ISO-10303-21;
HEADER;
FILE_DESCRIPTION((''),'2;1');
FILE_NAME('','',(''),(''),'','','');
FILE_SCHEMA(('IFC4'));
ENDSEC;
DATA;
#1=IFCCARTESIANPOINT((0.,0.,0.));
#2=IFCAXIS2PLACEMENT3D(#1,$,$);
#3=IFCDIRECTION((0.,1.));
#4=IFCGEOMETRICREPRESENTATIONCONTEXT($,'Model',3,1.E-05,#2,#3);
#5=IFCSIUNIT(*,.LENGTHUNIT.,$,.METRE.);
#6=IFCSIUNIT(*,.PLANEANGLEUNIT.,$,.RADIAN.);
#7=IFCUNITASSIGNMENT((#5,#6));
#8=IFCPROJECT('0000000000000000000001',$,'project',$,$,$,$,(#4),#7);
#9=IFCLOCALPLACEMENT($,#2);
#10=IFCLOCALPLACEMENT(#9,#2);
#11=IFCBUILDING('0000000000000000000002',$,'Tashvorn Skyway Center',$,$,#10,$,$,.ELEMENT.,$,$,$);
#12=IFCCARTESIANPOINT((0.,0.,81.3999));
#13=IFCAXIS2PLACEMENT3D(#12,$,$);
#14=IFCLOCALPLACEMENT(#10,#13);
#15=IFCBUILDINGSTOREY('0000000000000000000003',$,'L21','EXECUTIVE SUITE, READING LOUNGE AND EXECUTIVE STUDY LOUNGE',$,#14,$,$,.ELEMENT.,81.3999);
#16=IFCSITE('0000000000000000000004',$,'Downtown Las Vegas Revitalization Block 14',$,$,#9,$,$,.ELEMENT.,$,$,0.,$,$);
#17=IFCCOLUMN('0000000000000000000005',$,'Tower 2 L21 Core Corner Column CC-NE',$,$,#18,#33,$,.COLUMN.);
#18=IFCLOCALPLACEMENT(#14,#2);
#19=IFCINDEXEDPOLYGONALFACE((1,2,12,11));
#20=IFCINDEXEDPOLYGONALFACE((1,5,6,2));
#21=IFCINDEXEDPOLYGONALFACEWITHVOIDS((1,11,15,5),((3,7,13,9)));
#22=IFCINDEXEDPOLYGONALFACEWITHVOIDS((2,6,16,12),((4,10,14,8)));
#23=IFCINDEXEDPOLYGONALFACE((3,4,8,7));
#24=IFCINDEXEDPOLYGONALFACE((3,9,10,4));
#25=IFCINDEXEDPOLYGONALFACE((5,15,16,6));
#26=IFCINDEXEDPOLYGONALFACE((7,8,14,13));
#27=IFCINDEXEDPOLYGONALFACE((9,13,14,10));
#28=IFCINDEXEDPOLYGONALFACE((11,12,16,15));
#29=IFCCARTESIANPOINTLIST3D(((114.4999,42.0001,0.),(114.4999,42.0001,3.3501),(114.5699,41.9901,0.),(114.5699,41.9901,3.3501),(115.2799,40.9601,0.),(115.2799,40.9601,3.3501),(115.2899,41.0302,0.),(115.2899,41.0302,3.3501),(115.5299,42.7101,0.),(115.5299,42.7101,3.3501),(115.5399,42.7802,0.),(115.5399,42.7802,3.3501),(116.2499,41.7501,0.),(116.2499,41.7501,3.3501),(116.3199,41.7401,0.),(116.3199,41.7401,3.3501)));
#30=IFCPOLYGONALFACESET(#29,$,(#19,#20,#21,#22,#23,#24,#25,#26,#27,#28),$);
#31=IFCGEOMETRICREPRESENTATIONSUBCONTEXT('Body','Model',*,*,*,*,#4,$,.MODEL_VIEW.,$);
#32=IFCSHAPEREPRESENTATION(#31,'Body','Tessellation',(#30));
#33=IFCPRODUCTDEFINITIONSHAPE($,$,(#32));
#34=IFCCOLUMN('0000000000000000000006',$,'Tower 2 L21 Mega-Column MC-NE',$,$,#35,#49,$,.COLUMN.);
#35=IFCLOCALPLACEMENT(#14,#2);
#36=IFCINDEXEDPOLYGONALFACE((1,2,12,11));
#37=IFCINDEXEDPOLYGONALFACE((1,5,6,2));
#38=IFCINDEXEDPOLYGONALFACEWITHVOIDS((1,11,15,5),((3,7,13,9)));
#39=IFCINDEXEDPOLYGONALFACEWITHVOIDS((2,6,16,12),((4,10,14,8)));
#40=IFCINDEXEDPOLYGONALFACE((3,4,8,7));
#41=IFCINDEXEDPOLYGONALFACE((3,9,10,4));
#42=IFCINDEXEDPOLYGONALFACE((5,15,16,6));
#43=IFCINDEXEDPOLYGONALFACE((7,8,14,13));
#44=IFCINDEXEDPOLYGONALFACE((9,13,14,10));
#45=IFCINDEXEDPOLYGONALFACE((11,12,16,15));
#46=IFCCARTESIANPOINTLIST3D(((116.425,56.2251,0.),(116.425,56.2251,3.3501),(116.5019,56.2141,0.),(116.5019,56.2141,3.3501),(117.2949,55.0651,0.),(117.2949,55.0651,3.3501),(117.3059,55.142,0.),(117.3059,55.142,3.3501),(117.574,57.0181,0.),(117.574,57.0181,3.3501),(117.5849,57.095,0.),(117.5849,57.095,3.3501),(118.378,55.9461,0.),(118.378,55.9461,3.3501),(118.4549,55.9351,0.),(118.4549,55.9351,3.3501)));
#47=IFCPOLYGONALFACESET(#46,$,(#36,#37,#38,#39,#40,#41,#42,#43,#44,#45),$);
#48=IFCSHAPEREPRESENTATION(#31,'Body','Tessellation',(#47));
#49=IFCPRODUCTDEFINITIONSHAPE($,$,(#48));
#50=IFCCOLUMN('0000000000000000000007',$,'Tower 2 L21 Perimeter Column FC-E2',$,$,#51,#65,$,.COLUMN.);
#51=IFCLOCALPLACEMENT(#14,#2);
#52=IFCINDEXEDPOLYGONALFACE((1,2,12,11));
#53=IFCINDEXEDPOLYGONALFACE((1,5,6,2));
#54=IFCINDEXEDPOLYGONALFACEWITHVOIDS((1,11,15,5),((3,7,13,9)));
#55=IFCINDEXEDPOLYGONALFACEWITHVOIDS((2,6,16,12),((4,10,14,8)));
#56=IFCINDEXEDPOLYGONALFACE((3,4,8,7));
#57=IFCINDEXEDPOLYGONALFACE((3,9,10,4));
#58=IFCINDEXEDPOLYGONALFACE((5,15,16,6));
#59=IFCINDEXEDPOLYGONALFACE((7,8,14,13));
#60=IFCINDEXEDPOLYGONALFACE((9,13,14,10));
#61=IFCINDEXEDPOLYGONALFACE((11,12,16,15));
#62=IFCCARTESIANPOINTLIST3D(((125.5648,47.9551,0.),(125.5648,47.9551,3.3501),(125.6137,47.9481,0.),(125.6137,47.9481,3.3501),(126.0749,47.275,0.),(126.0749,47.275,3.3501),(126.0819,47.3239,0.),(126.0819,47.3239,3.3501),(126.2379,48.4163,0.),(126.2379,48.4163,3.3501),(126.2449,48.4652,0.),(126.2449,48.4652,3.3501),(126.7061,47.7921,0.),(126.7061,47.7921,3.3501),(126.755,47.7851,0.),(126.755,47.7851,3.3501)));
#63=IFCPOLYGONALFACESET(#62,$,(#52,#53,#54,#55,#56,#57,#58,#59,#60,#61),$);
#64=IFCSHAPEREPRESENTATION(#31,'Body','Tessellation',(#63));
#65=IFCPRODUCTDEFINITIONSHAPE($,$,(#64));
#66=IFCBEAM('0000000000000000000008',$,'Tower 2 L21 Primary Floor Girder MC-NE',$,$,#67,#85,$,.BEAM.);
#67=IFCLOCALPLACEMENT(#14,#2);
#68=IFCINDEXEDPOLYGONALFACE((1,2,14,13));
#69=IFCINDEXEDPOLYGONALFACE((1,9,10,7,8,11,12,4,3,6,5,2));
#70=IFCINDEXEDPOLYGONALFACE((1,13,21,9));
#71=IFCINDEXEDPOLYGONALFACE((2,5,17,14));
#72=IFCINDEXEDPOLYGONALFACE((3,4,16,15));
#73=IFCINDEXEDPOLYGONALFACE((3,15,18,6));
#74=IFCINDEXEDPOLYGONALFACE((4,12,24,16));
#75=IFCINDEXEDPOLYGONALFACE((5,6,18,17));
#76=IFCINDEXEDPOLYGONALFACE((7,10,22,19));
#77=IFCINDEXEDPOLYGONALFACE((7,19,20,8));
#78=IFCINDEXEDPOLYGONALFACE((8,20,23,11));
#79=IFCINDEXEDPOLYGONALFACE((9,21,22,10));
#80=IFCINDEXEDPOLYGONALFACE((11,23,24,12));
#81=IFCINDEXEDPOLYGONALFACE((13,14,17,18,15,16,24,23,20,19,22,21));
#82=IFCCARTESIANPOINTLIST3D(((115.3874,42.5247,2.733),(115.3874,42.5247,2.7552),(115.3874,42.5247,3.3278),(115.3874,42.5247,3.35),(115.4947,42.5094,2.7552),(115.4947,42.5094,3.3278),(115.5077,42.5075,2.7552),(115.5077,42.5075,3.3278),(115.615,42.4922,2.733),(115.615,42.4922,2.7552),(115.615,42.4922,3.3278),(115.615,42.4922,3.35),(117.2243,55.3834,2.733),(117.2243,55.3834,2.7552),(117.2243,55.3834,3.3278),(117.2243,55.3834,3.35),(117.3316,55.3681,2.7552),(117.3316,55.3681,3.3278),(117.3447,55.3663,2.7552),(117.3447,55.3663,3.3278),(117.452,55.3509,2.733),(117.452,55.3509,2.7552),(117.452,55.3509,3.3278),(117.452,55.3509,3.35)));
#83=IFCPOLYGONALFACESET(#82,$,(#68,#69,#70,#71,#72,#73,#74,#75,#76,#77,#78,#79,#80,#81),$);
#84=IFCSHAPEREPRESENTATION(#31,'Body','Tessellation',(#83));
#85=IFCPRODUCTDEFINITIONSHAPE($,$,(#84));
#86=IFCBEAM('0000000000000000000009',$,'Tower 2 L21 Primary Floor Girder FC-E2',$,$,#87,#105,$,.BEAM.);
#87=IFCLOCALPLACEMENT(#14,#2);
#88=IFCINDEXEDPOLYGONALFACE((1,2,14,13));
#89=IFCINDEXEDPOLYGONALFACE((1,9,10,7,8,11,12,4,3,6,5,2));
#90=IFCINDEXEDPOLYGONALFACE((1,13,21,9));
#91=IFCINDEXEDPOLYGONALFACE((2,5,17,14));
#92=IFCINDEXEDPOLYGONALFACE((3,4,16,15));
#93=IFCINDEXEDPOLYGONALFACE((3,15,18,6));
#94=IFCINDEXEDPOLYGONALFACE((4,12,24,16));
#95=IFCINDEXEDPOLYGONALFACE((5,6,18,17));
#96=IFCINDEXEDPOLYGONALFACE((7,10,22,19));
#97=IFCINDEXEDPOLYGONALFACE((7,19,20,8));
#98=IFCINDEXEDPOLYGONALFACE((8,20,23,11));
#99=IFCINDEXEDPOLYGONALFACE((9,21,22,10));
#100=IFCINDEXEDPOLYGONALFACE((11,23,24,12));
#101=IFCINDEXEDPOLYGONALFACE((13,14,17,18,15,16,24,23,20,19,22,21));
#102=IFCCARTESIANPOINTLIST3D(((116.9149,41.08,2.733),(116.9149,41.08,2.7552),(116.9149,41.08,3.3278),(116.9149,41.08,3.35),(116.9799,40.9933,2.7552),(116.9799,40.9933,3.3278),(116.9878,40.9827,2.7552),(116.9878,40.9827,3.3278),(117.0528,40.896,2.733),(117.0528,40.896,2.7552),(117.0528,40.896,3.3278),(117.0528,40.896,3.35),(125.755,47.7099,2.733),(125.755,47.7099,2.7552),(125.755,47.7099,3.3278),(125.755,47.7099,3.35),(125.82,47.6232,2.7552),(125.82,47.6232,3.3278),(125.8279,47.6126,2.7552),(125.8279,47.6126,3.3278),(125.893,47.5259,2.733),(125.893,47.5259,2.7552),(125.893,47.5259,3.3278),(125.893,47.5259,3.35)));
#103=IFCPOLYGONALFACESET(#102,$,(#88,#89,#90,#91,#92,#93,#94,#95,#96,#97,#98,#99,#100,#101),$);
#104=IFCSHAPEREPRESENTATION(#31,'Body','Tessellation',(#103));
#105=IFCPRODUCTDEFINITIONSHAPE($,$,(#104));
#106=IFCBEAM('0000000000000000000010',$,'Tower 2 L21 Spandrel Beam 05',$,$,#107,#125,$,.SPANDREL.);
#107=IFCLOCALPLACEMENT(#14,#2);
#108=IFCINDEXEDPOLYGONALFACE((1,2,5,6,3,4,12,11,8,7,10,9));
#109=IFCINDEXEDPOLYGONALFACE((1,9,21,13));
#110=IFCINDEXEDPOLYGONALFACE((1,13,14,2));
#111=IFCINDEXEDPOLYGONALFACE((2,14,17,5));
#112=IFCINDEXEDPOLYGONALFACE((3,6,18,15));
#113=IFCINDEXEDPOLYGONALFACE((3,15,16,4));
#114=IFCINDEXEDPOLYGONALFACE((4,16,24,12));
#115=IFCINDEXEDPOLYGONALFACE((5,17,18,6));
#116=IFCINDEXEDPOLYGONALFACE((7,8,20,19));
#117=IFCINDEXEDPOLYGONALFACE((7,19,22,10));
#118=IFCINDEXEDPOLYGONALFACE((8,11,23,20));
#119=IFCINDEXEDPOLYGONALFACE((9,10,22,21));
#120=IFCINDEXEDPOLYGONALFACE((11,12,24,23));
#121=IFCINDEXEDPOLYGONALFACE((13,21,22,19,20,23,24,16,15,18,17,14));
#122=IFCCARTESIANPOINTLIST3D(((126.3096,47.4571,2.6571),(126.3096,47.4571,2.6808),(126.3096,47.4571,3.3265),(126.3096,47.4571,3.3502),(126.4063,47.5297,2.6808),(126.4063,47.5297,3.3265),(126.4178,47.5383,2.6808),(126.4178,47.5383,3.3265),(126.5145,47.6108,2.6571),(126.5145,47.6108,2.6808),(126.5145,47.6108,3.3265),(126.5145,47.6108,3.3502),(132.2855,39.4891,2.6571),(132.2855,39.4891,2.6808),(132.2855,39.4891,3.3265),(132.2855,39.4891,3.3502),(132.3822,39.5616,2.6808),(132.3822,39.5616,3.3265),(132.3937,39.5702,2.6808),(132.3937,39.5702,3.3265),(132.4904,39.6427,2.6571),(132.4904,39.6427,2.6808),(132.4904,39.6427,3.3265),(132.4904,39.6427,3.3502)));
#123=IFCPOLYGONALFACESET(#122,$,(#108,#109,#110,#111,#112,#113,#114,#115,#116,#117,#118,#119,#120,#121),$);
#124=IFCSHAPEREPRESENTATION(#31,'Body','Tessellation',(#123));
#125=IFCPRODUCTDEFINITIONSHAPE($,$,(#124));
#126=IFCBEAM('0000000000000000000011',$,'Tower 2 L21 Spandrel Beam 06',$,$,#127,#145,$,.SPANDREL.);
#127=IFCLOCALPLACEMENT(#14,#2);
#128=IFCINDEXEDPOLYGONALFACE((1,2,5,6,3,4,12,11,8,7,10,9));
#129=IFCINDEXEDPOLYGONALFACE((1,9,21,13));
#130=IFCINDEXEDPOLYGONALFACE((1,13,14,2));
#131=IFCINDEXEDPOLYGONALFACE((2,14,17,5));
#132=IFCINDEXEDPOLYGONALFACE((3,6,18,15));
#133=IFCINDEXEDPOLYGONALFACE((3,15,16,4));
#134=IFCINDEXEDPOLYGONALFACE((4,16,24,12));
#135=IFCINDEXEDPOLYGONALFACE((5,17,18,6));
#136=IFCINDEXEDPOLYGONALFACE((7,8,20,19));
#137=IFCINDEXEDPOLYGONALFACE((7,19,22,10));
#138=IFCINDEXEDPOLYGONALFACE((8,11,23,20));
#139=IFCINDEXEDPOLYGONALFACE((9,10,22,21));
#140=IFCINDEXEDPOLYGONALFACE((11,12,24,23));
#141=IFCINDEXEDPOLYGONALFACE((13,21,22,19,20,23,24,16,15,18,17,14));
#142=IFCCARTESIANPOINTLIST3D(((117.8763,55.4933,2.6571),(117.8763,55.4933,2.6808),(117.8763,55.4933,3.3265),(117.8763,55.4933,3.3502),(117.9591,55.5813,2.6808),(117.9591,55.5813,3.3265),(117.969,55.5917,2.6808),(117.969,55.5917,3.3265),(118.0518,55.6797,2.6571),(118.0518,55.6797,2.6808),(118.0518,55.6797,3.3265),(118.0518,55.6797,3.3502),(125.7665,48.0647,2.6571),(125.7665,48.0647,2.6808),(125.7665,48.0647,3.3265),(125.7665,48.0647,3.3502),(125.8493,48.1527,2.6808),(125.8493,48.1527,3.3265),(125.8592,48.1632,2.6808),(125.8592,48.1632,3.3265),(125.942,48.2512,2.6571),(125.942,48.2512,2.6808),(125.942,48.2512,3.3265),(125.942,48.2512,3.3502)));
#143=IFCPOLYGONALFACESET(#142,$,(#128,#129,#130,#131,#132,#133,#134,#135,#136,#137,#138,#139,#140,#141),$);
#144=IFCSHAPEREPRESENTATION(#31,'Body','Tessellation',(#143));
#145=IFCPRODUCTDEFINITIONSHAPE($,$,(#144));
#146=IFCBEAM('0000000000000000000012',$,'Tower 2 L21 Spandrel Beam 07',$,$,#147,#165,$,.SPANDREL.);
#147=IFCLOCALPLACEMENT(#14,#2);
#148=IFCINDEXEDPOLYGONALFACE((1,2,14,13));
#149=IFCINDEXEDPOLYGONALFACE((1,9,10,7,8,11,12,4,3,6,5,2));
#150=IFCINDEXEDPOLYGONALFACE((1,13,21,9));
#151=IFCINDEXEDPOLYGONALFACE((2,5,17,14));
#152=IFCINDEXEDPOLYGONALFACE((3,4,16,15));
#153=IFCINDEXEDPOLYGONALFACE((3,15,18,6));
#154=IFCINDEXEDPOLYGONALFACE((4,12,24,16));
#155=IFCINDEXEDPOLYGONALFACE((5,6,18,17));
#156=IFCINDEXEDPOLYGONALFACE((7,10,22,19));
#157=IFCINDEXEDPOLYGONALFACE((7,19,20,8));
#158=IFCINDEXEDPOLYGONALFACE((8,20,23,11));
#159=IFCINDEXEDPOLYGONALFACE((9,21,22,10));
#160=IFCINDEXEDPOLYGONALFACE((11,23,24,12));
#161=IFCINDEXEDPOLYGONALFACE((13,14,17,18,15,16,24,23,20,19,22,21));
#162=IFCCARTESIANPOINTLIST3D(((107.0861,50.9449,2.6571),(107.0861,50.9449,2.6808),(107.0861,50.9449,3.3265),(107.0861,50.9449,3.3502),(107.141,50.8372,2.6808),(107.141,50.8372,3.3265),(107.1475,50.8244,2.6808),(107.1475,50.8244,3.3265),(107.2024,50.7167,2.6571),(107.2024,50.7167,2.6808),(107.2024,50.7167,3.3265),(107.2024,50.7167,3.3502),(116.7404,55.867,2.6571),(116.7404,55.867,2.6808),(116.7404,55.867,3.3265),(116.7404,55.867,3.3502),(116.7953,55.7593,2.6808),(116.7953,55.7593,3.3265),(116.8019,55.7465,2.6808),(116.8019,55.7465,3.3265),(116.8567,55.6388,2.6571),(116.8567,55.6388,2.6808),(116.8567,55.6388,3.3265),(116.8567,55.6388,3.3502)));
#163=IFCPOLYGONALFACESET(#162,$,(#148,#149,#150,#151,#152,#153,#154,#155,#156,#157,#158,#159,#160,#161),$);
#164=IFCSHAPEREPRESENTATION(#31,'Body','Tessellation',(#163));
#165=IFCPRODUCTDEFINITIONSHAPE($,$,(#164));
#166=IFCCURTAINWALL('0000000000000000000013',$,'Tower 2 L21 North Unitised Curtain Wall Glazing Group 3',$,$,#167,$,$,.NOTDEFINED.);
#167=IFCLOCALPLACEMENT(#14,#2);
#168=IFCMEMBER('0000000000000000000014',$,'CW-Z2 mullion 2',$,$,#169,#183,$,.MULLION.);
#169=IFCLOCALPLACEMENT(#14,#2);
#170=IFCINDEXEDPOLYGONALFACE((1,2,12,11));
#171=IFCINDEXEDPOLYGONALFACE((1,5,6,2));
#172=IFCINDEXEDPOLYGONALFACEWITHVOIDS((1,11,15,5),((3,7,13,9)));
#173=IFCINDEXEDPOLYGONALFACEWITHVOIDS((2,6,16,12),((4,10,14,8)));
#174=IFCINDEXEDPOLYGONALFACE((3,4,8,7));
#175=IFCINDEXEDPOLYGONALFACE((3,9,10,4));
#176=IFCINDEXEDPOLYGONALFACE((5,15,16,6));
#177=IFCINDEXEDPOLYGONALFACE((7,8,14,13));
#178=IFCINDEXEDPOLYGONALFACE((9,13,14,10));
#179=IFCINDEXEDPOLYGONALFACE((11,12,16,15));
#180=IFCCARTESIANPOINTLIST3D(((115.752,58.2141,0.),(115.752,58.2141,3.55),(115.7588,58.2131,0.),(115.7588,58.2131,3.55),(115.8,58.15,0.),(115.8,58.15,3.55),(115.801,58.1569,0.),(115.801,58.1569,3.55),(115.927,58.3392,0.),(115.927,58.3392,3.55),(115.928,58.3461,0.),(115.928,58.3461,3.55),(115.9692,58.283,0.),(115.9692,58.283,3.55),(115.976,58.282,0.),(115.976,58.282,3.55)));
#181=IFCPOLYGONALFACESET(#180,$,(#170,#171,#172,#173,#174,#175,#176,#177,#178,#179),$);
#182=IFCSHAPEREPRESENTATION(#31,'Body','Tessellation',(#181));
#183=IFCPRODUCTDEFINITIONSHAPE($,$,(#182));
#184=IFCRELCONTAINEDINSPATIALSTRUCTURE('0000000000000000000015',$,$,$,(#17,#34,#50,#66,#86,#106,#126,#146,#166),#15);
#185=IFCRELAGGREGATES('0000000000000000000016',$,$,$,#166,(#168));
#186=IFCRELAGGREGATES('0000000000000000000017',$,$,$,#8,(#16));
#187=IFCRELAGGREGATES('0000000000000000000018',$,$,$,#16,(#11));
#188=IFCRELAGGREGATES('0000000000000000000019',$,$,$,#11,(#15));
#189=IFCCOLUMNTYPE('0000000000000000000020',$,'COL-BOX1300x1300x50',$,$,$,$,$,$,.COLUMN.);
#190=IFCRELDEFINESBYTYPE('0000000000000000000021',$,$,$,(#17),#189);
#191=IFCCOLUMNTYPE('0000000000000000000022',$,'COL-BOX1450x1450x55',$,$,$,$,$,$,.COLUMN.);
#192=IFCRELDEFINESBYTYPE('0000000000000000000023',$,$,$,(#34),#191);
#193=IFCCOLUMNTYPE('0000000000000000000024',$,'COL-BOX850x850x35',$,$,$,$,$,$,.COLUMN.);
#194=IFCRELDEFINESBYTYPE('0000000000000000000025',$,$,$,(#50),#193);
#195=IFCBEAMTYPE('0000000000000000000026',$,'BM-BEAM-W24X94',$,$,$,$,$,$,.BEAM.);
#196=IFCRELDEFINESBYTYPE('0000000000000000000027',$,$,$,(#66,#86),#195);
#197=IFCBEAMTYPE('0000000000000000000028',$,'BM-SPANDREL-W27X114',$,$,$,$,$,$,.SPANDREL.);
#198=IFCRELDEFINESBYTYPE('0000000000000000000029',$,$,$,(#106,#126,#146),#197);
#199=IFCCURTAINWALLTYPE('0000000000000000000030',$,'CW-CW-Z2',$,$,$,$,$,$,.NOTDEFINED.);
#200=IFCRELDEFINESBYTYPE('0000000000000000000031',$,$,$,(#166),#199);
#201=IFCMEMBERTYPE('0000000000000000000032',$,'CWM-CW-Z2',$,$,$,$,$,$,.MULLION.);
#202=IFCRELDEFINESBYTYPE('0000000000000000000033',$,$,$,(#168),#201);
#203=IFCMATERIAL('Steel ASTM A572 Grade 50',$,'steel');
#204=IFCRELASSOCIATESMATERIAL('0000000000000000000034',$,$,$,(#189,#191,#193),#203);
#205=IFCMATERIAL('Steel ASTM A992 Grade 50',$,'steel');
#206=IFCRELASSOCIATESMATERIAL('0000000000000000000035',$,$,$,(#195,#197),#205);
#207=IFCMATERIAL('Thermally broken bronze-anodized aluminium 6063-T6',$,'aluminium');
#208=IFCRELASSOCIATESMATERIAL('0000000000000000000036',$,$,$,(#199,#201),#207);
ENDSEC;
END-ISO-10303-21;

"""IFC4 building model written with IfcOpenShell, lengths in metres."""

from ifc_helpers import new_model, si_unit, direction, frame, origin, origin_2d, place, context, subcontext, project, spatial, hollow_rectangle, i_section, extrude, material, material_profile, profile_set, type_object, element, aggregate, save


model = new_model("IFC4")

# Units and contexts
model_context = context("Model", 3, precision=1e-05, world=origin(), true_north=direction((0.0, 1.0)))
body_context = subcontext(model_context, "Body", "Model", "MODEL_VIEW")
ifc_project = project(units=[si_unit("LENGTHUNIT", "METRE"), si_unit("PLANEANGLEUNIT", "RADIAN")], contexts=[model_context])

# Site, building, storey
site_placement = place(None, origin())
site = spatial("IfcSite", under=ifc_project, at=site_placement, Name="Downtown Las Vegas Revitalization Block 14", CompositionType="ELEMENT", RefElevation=0.0)
building_placement = place(site_placement, origin())
building = spatial("IfcBuilding", under=site, at=building_placement, Name="Tashvorn Skyway Center", CompositionType="ELEMENT")
storey_placement = place(building_placement, frame((0.0, 0.0, 81.3999)))
storey = spatial("IfcBuildingStorey", under=building, at=storey_placement, Name="L21", Description="EXECUTIVE SUITE, READING LOUNGE AND EXECUTIVE STUDY LOUNGE", CompositionType="ELEMENT", Elevation=81.3999)

# Columns
ifc_material_1 = material(Name="Steel ASTM A572 Grade 50", Category="steel")
ifc_material_profile_1 = material_profile(ifc_material_1, hollow_rectangle(XDim=1.3, YDim=1.3, WallThickness=0.05, at=origin_2d()), Name="BOX1300x1300x50")
ifc_profile_set_1 = profile_set([ifc_material_profile_1], Name="Steel ASTM A572 Grade 50")
column_type_1 = type_object("IfcColumnType", Name="COL-BOX1300x1300x50", PredefinedType="COLUMN", material=ifc_profile_set_1)
column_1_placement = place(storey_placement, frame((115.4099, 41.8701, 0.0), z_axis=(0.0, 0.0, 1.0), x_axis=(0.8, 0.6, 0.0)))
element("IfcColumn", 1, at=column_1_placement, inside=storey, type_object=column_type_1, Name="Tower 2 L21 Core Corner Column CC-NE", PredefinedType="COLUMN", context=body_context, shape_type="SweptSolid", body=[
    extrude(hollow_rectangle(XDim=1.3, YDim=1.3, WallThickness=0.05, at=origin_2d()), origin(), (0.0, 0.0, 1.0), 3.3501),
])
ifc_material_profile_2 = material_profile(ifc_material_1, hollow_rectangle(XDim=1.45, YDim=1.45, WallThickness=0.0549, at=origin_2d()), Name="BOX1450x1450x55")
ifc_profile_set_2 = profile_set([ifc_material_profile_2], Name="Steel ASTM A572 Grade 50")
column_type_2 = type_object("IfcColumnType", Name="COL-BOX1450x1450x55", PredefinedType="COLUMN", material=ifc_profile_set_2)
column_2_placement = place(storey_placement, frame((117.4399, 56.0801, 0.0), z_axis=(0.0, 0.0, 1.0), x_axis=(0.8, 0.6, 0.0)))
element("IfcColumn", 2, at=column_2_placement, inside=storey, type_object=column_type_2, Name="Tower 2 L21 Mega-Column MC-NE", PredefinedType="COLUMN", context=body_context, shape_type="SweptSolid", body=[
    extrude(hollow_rectangle(XDim=1.45, YDim=1.45, WallThickness=0.0549, at=origin_2d()), origin(), (0.0, 0.0, 1.0), 3.3501),
])
ifc_material_profile_3 = material_profile(ifc_material_1, hollow_rectangle(XDim=0.8501, YDim=0.8501, WallThickness=0.0349, at=origin_2d()), Name="BOX850x850x35")
ifc_profile_set_3 = profile_set([ifc_material_profile_3], Name="Steel ASTM A572 Grade 50")
column_type_3 = type_object("IfcColumnType", Name="COL-BOX850x850x35", PredefinedType="COLUMN", material=ifc_profile_set_3)
column_3_placement = place(storey_placement, frame((126.1599, 47.8701, 0.0), z_axis=(0.0, 0.0, 1.0), x_axis=(0.8, 0.6, 0.0)))
element("IfcColumn", 3, at=column_3_placement, inside=storey, type_object=column_type_3, Name="Tower 2 L21 Perimeter Column FC-E2", PredefinedType="COLUMN", context=body_context, shape_type="SweptSolid", body=[
    extrude(hollow_rectangle(XDim=0.8501, YDim=0.8501, WallThickness=0.0349, at=origin_2d()), origin(), (0.0, 0.0, 1.0), 3.3501),
])

# Beams
ifc_material_2 = material(Name="Steel ASTM A992 Grade 50", Category="steel")
ifc_material_profile_4 = material_profile(ifc_material_2, i_section(OverallWidth=0.23, OverallDepth=0.6169, WebThickness=0.0132, FlangeThickness=0.0222, at=origin_2d()), Name="W24X94")
ifc_profile_set_4 = profile_set([ifc_material_profile_4], Name="Steel ASTM A992 Grade 50")
beam_type_1 = type_object("IfcBeamType", Name="BM-BEAM-W24X94", PredefinedType="BEAM", material=ifc_profile_set_4)
beam_1_placement = place(storey_placement, frame((117.3381, 55.3672, 3.0415), z_axis=(-0.141419, -0.98995, 0.0), x_axis=(0.98995, -0.141419, 0.0)))
element("IfcBeam", 4, at=beam_1_placement, inside=storey, type_object=beam_type_1, Name="Tower 2 L21 Primary Floor Girder MC-NE", PredefinedType="BEAM", context=body_context, shape_type="SweptSolid", body=[
    extrude(i_section(OverallWidth=0.23, OverallDepth=0.6169, WebThickness=0.0132, FlangeThickness=0.0222, at=origin_2d()), origin(), (0.0, 0.0, 1.0), 12.9893),
])
beam_2_placement = place(storey_placement, frame((125.824, 47.6179, 3.0415), z_axis=(-0.800008, -0.599989, 0.0), x_axis=(0.599989, -0.800008, 0.0)))
element("IfcBeam", 5, at=beam_2_placement, inside=storey, type_object=beam_type_1, Name="Tower 2 L21 Primary Floor Girder FC-E2", PredefinedType="BEAM", context=body_context, shape_type="SweptSolid", body=[
    extrude(i_section(OverallWidth=0.23, OverallDepth=0.6169, WebThickness=0.0132, FlangeThickness=0.0222, at=origin_2d()), origin(), (0.0, 0.0, 1.0), 11.05),
])
ifc_material_profile_5 = material_profile(ifc_material_2, i_section(OverallWidth=0.2561, OverallDepth=0.6931, WebThickness=0.0144, FlangeThickness=0.0237, at=origin_2d()), Name="W27X114")
ifc_profile_set_5 = profile_set([ifc_material_profile_5], Name="Steel ASTM A992 Grade 50")
beam_type_2 = type_object("IfcBeamType", Name="BM-SPANDREL-W27X114", PredefinedType="SPANDREL", material=ifc_profile_set_5)
beam_3_placement = place(storey_placement, frame((132.3879, 39.5659, 3.0037), z_axis=(-0.599988, 0.800009, 0.0), x_axis=(-0.800009, -0.599988, 0.0)))
element("IfcBeam", 6, at=beam_3_placement, inside=storey, type_object=beam_type_2, Name="Tower 2 L21 Spandrel Beam 05", PredefinedType="SPANDREL", context=body_context, shape_type="SweptSolid", body=[
    extrude(i_section(OverallWidth=0.2561, OverallDepth=0.6931, WebThickness=0.0144, FlangeThickness=0.0237, at=origin_2d()), origin(), (0.0, 0.0, 1.0), 9.96),
])
beam_4_placement = place(storey_placement, frame((125.8542, 48.158, 3.0037), z_axis=(-0.728087, 0.685485, 0.0), x_axis=(-0.685485, -0.728087, 0.0)))
element("IfcBeam", 7, at=beam_4_placement, inside=storey, type_object=beam_type_2, Name="Tower 2 L21 Spandrel Beam 06", PredefinedType="SPANDREL", context=body_context, shape_type="SweptSolid", body=[
    extrude(i_section(OverallWidth=0.2561, OverallDepth=0.6931, WebThickness=0.0144, FlangeThickness=0.0237, at=origin_2d()), origin(), (0.0, 0.0, 1.0), 10.8369),
])
beam_5_placement = place(storey_placement, frame((116.7986, 55.7529, 3.0037), z_axis=(-0.890894, -0.454211, 0.0), x_axis=(0.454211, -0.890894, 0.0)))
element("IfcBeam", 8, at=beam_5_placement, inside=storey, type_object=beam_type_2, Name="Tower 2 L21 Spandrel Beam 07", PredefinedType="SPANDREL", context=body_context, shape_type="SweptSolid", body=[
    extrude(i_section(OverallWidth=0.2561, OverallDepth=0.6931, WebThickness=0.0144, FlangeThickness=0.0237, at=origin_2d()), origin(), (0.0, 0.0, 1.0), 10.8367),
])

# Curtain wall, member
ifc_material_3 = material(Name="Thermally broken bronze-anodized aluminium 6063-T6", Category="aluminium")
curtain_wall_type = type_object("IfcCurtainWallType", Name="CW-CW-Z2", PredefinedType="NOTDEFINED", material=ifc_material_3)
curtain_wall_1_placement = place(storey_placement, origin())
curtain_wall_1 = element("IfcCurtainWall", 9, at=curtain_wall_1_placement, inside=storey, type_object=curtain_wall_type, Name="Tower 2 L21 North Unitised Curtain Wall Glazing Group 3", PredefinedType="NOTDEFINED")
ifc_material_profile_6 = material_profile(ifc_material_3, hollow_rectangle(XDim=0.0801, YDim=0.22, WallThickness=0.0049, at=origin_2d()), Name="ALU-MULL-80x220")
ifc_profile_set_6 = profile_set([ifc_material_profile_6], Name="Thermally broken bronze-anodized aluminium 6063-T6")
member_type_1 = type_object("IfcMemberType", Name="CWM-CW-Z2", PredefinedType="MULLION", material=ifc_profile_set_6)
member_1_placement = place(storey_placement, frame((115.864, 58.248, 0.0), z_axis=(0.0, 0.0, 1.0), x_axis=(-0.6, 0.8, 0.0)))
member_1 = element("IfcMember", 10, at=member_1_placement, type_object=member_type_1, Name="CW-Z2 mullion 2", PredefinedType="MULLION", context=body_context, shape_type="SweptSolid", body=[
    extrude(hollow_rectangle(XDim=0.0801, YDim=0.22, WallThickness=0.0049, at=origin_2d()), origin(), (0.0, 0.0, 1.0), 3.55),
])

aggregate(curtain_wall_1, [member_1])

save(model, "model.ifc")
